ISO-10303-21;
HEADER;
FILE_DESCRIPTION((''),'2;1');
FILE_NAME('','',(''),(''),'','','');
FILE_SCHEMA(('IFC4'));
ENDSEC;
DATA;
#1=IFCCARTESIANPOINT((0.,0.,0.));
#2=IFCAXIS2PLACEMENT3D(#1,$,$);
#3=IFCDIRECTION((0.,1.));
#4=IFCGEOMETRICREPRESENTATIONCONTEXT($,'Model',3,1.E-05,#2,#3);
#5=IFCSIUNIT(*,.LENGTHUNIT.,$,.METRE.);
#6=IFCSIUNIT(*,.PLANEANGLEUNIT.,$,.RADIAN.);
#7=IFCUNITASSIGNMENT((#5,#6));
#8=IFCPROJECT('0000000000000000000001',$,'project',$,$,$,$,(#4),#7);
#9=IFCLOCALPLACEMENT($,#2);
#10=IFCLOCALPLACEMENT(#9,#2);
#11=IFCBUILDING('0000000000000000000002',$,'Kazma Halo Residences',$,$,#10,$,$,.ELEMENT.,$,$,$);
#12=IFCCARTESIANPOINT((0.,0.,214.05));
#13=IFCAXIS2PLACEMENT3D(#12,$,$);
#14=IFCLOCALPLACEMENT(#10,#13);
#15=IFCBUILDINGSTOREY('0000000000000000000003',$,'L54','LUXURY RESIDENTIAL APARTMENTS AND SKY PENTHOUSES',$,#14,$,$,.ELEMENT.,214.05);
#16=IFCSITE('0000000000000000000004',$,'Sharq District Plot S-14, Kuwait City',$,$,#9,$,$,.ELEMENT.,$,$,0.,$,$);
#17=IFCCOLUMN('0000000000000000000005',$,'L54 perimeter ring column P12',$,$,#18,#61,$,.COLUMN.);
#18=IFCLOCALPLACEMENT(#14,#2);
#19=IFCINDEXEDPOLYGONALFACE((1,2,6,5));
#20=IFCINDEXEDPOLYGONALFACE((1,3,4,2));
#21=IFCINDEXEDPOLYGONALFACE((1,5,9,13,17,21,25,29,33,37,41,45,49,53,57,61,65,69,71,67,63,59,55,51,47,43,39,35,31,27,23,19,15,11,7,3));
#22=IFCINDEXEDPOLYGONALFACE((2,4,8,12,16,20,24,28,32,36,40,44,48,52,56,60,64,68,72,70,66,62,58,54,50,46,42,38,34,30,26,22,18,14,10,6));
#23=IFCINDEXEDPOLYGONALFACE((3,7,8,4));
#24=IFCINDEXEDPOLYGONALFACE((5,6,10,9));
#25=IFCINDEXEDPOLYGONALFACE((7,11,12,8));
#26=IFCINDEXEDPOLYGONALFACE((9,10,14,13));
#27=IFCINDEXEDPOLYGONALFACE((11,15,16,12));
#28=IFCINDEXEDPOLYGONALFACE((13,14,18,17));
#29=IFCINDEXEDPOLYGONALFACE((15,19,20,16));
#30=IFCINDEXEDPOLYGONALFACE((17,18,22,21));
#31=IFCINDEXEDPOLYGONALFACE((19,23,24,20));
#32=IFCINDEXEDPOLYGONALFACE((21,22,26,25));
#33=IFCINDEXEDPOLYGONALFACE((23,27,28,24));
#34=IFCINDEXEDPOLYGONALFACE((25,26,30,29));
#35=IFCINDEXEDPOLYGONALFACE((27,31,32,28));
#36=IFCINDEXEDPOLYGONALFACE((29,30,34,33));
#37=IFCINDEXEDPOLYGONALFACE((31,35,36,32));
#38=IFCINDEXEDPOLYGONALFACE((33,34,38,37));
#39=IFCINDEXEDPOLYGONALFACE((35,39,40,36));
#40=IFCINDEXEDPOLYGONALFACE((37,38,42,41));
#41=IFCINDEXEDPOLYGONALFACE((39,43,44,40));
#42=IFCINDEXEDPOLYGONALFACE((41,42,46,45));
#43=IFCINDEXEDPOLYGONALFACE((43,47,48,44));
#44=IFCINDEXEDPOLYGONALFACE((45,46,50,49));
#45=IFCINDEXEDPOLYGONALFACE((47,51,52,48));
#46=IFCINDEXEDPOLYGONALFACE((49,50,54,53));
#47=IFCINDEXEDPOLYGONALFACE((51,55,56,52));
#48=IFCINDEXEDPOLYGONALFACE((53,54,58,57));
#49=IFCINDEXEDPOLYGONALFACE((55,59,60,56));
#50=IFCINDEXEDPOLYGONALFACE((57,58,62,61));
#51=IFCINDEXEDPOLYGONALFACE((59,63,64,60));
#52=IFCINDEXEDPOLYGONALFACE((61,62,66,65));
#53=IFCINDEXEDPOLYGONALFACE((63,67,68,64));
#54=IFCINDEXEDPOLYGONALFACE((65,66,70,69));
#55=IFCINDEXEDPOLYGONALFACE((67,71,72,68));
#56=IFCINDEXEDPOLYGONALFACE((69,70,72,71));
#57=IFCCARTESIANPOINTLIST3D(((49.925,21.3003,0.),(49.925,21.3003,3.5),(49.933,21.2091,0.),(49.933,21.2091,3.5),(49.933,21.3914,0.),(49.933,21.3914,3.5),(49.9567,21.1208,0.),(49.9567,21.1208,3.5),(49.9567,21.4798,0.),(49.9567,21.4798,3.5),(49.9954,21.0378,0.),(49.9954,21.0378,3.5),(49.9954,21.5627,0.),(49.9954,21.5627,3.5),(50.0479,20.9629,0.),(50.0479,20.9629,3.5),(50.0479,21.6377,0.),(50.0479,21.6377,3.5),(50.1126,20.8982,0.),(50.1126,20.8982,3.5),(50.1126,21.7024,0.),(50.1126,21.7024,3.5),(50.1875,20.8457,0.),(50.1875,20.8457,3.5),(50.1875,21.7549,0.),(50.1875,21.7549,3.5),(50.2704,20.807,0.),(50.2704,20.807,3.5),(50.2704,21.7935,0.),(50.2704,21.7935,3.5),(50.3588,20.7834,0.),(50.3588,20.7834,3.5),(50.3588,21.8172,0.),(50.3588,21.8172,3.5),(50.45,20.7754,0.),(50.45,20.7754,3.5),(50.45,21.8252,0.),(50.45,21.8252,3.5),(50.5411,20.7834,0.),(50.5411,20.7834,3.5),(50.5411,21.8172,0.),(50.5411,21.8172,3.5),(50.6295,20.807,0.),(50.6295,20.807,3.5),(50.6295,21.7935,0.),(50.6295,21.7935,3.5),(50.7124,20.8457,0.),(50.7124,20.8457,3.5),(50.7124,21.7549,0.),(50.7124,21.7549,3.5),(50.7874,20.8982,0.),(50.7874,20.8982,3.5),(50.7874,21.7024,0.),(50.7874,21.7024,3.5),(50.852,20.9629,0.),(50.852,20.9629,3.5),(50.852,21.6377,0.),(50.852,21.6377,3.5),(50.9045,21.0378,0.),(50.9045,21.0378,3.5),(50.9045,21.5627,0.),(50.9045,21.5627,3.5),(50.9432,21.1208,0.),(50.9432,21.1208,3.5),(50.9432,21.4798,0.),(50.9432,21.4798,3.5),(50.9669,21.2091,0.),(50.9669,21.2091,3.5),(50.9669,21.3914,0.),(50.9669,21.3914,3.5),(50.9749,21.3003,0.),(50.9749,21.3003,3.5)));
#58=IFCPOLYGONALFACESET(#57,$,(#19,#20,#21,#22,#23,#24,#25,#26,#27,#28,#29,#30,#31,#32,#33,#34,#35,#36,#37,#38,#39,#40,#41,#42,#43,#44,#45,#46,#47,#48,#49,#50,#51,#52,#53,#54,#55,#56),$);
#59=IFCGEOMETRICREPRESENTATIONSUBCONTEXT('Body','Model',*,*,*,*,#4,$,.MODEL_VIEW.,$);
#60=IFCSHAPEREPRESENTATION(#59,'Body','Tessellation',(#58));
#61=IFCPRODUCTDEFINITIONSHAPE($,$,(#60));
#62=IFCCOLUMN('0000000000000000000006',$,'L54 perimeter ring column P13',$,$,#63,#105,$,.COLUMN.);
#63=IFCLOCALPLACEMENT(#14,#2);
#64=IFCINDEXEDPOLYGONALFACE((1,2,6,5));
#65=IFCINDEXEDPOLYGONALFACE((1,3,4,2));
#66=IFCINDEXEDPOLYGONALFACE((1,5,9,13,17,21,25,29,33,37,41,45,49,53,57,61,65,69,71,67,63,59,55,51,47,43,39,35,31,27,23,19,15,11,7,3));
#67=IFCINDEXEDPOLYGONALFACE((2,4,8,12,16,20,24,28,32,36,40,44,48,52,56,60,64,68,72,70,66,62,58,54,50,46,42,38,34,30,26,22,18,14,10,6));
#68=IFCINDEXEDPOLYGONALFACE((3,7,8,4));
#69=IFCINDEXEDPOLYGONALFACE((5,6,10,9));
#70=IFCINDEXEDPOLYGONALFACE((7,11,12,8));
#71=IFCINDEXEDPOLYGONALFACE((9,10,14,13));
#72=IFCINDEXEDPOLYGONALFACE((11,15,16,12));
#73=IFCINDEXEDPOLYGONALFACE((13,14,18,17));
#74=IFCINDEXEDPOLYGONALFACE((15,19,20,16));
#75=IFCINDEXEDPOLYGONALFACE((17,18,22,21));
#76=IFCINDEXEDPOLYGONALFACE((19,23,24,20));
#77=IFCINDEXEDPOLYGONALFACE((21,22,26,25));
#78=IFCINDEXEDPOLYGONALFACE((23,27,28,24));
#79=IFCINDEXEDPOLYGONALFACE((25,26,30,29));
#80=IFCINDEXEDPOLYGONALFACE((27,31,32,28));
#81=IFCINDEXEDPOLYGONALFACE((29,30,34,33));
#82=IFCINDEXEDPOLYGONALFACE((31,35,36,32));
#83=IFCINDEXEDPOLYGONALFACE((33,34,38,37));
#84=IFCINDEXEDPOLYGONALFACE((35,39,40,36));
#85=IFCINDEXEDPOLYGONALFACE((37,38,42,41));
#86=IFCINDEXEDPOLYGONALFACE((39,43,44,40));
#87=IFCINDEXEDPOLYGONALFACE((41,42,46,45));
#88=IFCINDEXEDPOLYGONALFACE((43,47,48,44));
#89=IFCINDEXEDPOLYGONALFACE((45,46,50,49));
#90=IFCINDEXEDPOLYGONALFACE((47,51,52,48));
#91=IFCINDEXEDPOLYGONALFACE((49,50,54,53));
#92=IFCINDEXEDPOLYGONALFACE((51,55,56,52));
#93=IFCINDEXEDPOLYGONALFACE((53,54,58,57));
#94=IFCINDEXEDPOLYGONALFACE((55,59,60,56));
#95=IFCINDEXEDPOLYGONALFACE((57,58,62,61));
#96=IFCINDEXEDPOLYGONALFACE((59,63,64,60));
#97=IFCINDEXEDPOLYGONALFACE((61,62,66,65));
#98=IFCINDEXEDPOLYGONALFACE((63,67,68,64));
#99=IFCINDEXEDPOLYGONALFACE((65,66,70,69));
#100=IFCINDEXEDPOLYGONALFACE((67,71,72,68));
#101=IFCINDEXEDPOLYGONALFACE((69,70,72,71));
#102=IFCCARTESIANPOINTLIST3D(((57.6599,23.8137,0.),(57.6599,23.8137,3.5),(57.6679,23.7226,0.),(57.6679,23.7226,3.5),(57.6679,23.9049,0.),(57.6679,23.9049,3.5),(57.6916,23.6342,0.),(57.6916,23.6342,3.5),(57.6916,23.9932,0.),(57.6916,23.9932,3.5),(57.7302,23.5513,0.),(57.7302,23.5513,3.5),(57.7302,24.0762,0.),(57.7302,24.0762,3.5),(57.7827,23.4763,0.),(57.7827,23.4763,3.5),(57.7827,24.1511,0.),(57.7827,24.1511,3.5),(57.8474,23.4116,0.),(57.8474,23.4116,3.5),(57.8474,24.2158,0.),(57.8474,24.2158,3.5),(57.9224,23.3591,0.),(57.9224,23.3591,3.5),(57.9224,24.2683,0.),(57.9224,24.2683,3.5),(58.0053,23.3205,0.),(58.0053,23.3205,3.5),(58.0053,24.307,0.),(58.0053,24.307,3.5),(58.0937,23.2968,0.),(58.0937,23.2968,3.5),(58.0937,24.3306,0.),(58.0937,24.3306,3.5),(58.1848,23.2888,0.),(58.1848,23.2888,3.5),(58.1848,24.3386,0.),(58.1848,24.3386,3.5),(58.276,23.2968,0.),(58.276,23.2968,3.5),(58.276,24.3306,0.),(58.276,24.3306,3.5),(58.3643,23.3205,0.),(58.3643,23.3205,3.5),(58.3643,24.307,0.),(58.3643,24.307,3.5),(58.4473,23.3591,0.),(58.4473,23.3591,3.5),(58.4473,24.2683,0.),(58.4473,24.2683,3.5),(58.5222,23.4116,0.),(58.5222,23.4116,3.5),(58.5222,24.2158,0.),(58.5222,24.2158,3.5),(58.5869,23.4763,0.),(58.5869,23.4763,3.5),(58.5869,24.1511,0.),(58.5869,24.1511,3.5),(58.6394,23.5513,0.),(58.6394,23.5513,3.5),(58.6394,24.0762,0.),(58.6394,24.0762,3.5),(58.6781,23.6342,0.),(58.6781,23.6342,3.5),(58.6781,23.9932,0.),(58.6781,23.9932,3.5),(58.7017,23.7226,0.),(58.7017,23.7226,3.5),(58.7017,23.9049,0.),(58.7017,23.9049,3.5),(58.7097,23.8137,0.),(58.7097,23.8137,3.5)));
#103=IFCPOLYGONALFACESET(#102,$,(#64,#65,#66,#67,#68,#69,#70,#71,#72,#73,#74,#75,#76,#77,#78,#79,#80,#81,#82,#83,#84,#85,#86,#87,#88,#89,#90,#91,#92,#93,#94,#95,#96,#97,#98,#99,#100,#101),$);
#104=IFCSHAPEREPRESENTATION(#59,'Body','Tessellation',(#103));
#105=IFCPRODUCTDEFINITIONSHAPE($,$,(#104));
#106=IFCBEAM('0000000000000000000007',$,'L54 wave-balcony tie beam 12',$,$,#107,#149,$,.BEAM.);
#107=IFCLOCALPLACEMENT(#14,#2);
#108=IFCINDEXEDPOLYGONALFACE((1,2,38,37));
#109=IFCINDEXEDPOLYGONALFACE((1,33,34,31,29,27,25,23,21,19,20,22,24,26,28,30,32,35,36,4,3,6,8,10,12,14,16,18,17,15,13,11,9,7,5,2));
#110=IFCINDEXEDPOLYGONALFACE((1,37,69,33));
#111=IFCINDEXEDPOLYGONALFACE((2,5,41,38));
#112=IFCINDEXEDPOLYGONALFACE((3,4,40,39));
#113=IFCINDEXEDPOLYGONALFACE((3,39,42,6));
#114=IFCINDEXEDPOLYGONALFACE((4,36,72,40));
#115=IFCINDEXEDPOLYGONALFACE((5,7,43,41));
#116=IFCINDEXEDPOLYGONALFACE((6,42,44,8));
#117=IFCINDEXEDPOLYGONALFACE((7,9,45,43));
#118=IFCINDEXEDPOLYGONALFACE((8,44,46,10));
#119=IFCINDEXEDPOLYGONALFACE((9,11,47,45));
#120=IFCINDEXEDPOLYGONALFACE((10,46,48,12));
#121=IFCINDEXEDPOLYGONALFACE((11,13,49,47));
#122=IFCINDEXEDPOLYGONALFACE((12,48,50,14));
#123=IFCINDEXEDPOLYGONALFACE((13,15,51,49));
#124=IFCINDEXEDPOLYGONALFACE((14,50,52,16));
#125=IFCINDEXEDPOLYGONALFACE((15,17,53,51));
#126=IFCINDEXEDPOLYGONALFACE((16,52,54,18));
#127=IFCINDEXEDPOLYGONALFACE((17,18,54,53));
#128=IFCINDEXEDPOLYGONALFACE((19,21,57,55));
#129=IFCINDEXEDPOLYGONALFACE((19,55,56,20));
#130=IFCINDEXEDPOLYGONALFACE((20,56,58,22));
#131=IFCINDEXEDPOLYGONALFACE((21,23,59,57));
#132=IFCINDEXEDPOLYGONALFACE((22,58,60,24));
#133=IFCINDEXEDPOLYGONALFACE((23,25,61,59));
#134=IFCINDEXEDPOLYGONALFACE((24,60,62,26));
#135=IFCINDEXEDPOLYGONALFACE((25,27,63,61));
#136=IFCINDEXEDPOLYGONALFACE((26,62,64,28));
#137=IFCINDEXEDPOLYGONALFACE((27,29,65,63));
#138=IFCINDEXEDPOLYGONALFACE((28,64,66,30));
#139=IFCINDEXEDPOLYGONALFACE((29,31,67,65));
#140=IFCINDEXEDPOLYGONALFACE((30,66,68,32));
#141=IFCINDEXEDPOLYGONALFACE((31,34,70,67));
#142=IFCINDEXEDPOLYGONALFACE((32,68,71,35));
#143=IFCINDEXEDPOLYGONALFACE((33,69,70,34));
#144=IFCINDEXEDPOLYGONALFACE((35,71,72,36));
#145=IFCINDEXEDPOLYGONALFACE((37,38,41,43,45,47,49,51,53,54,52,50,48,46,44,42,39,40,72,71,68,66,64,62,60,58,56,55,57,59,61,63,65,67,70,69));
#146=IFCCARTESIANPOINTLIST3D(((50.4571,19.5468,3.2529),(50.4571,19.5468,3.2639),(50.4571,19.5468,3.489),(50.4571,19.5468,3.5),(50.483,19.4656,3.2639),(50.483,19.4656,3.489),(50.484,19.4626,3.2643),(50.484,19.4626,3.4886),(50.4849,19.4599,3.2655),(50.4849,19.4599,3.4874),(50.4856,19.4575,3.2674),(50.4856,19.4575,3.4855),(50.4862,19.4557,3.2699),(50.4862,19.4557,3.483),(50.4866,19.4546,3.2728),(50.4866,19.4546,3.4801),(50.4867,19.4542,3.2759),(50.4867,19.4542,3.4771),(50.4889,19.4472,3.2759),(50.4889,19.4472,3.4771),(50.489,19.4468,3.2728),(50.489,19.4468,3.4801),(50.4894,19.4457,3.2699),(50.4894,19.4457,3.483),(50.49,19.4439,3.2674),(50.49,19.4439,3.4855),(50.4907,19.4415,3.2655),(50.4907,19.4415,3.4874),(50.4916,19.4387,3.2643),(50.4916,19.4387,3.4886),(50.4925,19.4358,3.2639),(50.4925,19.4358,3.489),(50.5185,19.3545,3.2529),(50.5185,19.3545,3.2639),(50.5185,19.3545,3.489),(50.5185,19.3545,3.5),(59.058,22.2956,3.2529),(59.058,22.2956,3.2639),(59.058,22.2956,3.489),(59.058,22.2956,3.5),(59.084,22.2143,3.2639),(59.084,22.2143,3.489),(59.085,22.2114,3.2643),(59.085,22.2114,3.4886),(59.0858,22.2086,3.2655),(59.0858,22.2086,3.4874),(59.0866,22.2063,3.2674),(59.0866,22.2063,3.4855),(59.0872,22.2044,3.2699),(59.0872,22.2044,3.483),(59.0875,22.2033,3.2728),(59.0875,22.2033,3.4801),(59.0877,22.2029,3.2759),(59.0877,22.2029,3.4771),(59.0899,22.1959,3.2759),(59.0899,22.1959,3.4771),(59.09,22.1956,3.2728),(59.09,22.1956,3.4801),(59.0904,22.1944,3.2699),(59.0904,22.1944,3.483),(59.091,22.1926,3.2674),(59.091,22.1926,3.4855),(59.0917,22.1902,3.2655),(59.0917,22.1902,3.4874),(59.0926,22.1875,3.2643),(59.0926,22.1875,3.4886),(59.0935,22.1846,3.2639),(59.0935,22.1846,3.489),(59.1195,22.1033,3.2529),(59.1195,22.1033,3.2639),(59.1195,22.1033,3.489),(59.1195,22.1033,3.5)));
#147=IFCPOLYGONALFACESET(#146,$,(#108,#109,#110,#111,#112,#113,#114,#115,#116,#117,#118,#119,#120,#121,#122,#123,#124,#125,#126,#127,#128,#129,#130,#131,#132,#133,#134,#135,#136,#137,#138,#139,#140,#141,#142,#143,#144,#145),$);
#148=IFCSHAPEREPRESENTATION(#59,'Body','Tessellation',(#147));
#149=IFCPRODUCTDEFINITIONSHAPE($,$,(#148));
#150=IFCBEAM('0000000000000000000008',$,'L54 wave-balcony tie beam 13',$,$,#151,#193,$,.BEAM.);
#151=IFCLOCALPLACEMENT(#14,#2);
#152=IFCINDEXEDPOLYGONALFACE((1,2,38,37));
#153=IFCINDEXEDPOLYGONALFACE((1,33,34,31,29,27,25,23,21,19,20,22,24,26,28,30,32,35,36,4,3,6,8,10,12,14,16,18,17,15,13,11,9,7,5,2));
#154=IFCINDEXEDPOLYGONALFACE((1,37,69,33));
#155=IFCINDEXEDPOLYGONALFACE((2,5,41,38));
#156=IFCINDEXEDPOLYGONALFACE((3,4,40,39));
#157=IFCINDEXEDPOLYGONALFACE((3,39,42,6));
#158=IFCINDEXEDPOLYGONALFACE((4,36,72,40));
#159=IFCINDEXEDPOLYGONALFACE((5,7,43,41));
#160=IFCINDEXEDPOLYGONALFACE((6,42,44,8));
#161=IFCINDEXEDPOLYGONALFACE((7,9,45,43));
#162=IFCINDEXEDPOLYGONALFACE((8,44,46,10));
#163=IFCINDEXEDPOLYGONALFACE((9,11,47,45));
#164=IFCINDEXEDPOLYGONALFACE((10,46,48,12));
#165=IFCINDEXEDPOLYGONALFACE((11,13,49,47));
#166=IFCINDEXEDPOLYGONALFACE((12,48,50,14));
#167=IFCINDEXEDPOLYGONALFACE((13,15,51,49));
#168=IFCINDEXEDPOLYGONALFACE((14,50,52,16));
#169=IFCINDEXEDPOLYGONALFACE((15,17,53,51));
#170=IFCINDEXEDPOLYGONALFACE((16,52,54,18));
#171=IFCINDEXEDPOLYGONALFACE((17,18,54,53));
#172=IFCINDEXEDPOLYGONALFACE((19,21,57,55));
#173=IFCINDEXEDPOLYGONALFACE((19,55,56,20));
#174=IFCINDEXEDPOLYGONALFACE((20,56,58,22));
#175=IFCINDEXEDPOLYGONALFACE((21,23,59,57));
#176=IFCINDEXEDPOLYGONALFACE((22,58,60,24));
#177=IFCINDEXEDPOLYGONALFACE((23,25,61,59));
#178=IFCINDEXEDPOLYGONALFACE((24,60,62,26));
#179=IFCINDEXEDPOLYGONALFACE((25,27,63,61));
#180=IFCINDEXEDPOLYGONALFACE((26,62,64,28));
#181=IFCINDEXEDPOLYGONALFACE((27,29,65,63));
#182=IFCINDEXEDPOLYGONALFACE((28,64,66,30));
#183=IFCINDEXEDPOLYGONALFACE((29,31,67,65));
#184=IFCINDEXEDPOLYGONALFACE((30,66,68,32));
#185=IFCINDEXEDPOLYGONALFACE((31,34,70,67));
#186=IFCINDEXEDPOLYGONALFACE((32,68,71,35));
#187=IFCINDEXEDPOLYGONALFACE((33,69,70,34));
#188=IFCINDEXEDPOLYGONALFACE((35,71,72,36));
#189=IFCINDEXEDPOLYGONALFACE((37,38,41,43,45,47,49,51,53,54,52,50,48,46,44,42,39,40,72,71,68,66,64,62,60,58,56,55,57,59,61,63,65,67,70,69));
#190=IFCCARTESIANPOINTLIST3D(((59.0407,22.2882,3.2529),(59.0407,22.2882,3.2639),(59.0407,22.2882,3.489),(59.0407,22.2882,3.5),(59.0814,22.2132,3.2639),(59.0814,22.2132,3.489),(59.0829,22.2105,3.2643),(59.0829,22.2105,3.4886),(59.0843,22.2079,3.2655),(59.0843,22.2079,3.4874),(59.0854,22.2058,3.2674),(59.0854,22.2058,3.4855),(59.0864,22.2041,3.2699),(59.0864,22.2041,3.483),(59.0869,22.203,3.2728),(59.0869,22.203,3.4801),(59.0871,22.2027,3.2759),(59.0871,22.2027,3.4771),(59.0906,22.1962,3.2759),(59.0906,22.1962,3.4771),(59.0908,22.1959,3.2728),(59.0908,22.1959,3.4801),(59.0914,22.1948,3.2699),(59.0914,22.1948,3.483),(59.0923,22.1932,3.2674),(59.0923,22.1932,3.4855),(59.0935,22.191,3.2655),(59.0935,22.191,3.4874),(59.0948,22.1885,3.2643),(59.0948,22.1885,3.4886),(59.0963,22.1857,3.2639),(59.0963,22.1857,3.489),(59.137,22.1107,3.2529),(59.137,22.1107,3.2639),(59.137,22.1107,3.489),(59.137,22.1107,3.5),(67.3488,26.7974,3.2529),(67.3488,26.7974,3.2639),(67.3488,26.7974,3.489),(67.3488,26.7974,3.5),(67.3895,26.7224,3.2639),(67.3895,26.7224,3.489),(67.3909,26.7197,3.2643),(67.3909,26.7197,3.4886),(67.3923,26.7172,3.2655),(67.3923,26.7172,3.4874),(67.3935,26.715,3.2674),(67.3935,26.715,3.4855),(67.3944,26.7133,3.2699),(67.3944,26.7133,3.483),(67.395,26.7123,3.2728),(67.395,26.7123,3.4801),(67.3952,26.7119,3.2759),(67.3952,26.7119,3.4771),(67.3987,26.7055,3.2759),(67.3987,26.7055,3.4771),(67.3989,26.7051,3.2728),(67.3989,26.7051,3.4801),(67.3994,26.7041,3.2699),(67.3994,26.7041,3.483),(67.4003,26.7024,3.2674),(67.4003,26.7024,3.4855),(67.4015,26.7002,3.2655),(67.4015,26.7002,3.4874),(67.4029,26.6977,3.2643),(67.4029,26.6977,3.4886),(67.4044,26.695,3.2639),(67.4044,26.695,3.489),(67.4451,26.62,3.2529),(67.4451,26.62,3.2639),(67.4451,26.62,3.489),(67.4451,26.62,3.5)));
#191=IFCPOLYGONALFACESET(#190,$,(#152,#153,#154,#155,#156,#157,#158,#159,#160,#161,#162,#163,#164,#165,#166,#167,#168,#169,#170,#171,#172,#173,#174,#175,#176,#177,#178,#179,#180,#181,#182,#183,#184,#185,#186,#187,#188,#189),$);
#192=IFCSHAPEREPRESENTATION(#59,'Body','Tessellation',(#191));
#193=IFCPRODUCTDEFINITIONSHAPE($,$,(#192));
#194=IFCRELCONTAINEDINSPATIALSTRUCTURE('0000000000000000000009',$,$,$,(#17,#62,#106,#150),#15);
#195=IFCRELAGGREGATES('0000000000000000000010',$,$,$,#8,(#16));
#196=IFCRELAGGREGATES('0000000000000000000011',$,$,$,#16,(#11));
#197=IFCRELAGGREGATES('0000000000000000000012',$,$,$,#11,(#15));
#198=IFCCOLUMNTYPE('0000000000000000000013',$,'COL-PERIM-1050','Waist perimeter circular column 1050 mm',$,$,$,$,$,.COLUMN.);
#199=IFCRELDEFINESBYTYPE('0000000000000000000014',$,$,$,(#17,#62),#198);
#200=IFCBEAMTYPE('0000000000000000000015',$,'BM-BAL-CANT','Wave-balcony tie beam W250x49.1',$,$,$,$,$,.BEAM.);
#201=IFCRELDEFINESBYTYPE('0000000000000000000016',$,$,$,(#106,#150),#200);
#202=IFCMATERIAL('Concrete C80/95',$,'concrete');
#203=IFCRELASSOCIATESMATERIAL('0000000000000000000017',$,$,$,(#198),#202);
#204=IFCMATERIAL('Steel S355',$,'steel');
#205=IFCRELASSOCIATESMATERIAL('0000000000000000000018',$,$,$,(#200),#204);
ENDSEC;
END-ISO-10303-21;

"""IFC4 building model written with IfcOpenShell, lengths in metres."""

from ifc_helpers import new_model, si_unit, direction, frame, origin, origin_2d, place, context, subcontext, project, spatial, circle, i_section, extrude, material, material_profile, profile_set, type_object, element, save


model = new_model("IFC4")

# Units and contexts
model_context = context("Model", 3, precision=1e-05, world=origin(), true_north=direction((0.0, 1.0)))
body_context = subcontext(model_context, "Body", "Model", "MODEL_VIEW")
ifc_project = project(units=[si_unit("LENGTHUNIT", "METRE"), si_unit("PLANEANGLEUNIT", "RADIAN")], contexts=[model_context])

# Site, building, storey
site_placement = place(None, origin())
site = spatial("IfcSite", under=ifc_project, at=site_placement, Name="Sharq District Plot S-14, Kuwait City", CompositionType="ELEMENT", RefElevation=0.0)
building_placement = place(site_placement, origin())
building = spatial("IfcBuilding", under=site, at=building_placement, Name="Kazma Halo Residences", CompositionType="ELEMENT")
storey_placement = place(building_placement, frame((0.0, 0.0, 214.05)))
storey = spatial("IfcBuildingStorey", under=building, at=storey_placement, Name="L54", Description="LUXURY RESIDENTIAL APARTMENTS AND SKY PENTHOUSES", CompositionType="ELEMENT", Elevation=214.05)

# Columns
ifc_material_1 = material(Name="Concrete C80/95", Category="concrete")
ifc_material_profile_1 = material_profile(ifc_material_1, circle(Radius=0.5249, at=origin_2d()), Name="CIRC1050")
ifc_profile_set_1 = profile_set([ifc_material_profile_1], Name="Concrete C80/95")
column_type = type_object("IfcColumnType", Name="COL-PERIM-1050", Description="Waist perimeter circular column 1050 mm", PredefinedType="COLUMN", material=ifc_profile_set_1)
for number, where, z_axis, x_axis, name in (
    (1, (50.45, 21.3003, 0.0), (0.0, 0.0, 1.0), (1.0, 0.0, 0.0), "L54 perimeter ring column P12"),
    (2, (58.1848, 23.8137, 0.0), (0.0, 0.0, 1.0), (1.0, 0.0, 0.0), "L54 perimeter ring column P13"),
):
    element("IfcColumn", number, at=place(storey_placement, frame(where, z_axis=z_axis, x_axis=x_axis)), inside=storey, type_object=column_type, Name=name, PredefinedType="COLUMN", context=body_context, shape_type="SweptSolid", body=[
        extrude(circle(Radius=0.5249, at=origin_2d()), origin(), (0.0, 0.0, 1.0), 3.5),
    ])

# Beams
ifc_material_2 = material(Name="Steel S355", Category="steel")
ifc_material_profile_2 = material_profile(ifc_material_2, i_section(OverallWidth=0.2019, OverallDepth=0.2471, WebThickness=0.0073, FlangeThickness=0.011, FilletRadius=0.012, at=origin_2d()), Name="W250x49.1")
ifc_profile_set_2 = profile_set([ifc_material_profile_2], Name="Steel S355")
beam_type_1 = type_object("IfcBeamType", Name="BM-BAL-CANT", Description="Wave-balcony tie beam W250x49.1", PredefinedType="BEAM", material=ifc_profile_set_2)
beam_1_placement = place(storey_placement, frame((50.4878, 19.4507, 3.3765), z_axis=(0.952539, 0.304418, 0.0), x_axis=(-0.304418, 0.952539, 0.0)))
element("IfcBeam", 3, at=beam_1_placement, inside=storey, type_object=beam_type_1, Name="L54 wave-balcony tie beam 12", PredefinedType="BEAM", context=body_context, shape_type="SweptSolid", body=[
    extrude(i_section(OverallWidth=0.2019, OverallDepth=0.2471, WebThickness=0.0073, FlangeThickness=0.011, FilletRadius=0.012, at=origin_2d()), origin(), (0.0, 0.0, 1.0), 9.0295),
])
beam_2_placement = place(storey_placement, frame((59.0889, 22.1995, 3.3765), z_axis=(0.878891, 0.477023, 0.0), x_axis=(-0.477023, 0.878891, 0.0)))
element("IfcBeam", 4, at=beam_2_placement, inside=storey, type_object=beam_type_1, Name="L54 wave-balcony tie beam 13", PredefinedType="BEAM", context=body_context, shape_type="SweptSolid", body=[
    extrude(i_section(OverallWidth=0.2019, OverallDepth=0.2471, WebThickness=0.0073, FlangeThickness=0.011, FilletRadius=0.012, at=origin_2d()), origin(), (0.0, 0.0, 1.0), 9.4529),
])

save(model, "model.ifc")
